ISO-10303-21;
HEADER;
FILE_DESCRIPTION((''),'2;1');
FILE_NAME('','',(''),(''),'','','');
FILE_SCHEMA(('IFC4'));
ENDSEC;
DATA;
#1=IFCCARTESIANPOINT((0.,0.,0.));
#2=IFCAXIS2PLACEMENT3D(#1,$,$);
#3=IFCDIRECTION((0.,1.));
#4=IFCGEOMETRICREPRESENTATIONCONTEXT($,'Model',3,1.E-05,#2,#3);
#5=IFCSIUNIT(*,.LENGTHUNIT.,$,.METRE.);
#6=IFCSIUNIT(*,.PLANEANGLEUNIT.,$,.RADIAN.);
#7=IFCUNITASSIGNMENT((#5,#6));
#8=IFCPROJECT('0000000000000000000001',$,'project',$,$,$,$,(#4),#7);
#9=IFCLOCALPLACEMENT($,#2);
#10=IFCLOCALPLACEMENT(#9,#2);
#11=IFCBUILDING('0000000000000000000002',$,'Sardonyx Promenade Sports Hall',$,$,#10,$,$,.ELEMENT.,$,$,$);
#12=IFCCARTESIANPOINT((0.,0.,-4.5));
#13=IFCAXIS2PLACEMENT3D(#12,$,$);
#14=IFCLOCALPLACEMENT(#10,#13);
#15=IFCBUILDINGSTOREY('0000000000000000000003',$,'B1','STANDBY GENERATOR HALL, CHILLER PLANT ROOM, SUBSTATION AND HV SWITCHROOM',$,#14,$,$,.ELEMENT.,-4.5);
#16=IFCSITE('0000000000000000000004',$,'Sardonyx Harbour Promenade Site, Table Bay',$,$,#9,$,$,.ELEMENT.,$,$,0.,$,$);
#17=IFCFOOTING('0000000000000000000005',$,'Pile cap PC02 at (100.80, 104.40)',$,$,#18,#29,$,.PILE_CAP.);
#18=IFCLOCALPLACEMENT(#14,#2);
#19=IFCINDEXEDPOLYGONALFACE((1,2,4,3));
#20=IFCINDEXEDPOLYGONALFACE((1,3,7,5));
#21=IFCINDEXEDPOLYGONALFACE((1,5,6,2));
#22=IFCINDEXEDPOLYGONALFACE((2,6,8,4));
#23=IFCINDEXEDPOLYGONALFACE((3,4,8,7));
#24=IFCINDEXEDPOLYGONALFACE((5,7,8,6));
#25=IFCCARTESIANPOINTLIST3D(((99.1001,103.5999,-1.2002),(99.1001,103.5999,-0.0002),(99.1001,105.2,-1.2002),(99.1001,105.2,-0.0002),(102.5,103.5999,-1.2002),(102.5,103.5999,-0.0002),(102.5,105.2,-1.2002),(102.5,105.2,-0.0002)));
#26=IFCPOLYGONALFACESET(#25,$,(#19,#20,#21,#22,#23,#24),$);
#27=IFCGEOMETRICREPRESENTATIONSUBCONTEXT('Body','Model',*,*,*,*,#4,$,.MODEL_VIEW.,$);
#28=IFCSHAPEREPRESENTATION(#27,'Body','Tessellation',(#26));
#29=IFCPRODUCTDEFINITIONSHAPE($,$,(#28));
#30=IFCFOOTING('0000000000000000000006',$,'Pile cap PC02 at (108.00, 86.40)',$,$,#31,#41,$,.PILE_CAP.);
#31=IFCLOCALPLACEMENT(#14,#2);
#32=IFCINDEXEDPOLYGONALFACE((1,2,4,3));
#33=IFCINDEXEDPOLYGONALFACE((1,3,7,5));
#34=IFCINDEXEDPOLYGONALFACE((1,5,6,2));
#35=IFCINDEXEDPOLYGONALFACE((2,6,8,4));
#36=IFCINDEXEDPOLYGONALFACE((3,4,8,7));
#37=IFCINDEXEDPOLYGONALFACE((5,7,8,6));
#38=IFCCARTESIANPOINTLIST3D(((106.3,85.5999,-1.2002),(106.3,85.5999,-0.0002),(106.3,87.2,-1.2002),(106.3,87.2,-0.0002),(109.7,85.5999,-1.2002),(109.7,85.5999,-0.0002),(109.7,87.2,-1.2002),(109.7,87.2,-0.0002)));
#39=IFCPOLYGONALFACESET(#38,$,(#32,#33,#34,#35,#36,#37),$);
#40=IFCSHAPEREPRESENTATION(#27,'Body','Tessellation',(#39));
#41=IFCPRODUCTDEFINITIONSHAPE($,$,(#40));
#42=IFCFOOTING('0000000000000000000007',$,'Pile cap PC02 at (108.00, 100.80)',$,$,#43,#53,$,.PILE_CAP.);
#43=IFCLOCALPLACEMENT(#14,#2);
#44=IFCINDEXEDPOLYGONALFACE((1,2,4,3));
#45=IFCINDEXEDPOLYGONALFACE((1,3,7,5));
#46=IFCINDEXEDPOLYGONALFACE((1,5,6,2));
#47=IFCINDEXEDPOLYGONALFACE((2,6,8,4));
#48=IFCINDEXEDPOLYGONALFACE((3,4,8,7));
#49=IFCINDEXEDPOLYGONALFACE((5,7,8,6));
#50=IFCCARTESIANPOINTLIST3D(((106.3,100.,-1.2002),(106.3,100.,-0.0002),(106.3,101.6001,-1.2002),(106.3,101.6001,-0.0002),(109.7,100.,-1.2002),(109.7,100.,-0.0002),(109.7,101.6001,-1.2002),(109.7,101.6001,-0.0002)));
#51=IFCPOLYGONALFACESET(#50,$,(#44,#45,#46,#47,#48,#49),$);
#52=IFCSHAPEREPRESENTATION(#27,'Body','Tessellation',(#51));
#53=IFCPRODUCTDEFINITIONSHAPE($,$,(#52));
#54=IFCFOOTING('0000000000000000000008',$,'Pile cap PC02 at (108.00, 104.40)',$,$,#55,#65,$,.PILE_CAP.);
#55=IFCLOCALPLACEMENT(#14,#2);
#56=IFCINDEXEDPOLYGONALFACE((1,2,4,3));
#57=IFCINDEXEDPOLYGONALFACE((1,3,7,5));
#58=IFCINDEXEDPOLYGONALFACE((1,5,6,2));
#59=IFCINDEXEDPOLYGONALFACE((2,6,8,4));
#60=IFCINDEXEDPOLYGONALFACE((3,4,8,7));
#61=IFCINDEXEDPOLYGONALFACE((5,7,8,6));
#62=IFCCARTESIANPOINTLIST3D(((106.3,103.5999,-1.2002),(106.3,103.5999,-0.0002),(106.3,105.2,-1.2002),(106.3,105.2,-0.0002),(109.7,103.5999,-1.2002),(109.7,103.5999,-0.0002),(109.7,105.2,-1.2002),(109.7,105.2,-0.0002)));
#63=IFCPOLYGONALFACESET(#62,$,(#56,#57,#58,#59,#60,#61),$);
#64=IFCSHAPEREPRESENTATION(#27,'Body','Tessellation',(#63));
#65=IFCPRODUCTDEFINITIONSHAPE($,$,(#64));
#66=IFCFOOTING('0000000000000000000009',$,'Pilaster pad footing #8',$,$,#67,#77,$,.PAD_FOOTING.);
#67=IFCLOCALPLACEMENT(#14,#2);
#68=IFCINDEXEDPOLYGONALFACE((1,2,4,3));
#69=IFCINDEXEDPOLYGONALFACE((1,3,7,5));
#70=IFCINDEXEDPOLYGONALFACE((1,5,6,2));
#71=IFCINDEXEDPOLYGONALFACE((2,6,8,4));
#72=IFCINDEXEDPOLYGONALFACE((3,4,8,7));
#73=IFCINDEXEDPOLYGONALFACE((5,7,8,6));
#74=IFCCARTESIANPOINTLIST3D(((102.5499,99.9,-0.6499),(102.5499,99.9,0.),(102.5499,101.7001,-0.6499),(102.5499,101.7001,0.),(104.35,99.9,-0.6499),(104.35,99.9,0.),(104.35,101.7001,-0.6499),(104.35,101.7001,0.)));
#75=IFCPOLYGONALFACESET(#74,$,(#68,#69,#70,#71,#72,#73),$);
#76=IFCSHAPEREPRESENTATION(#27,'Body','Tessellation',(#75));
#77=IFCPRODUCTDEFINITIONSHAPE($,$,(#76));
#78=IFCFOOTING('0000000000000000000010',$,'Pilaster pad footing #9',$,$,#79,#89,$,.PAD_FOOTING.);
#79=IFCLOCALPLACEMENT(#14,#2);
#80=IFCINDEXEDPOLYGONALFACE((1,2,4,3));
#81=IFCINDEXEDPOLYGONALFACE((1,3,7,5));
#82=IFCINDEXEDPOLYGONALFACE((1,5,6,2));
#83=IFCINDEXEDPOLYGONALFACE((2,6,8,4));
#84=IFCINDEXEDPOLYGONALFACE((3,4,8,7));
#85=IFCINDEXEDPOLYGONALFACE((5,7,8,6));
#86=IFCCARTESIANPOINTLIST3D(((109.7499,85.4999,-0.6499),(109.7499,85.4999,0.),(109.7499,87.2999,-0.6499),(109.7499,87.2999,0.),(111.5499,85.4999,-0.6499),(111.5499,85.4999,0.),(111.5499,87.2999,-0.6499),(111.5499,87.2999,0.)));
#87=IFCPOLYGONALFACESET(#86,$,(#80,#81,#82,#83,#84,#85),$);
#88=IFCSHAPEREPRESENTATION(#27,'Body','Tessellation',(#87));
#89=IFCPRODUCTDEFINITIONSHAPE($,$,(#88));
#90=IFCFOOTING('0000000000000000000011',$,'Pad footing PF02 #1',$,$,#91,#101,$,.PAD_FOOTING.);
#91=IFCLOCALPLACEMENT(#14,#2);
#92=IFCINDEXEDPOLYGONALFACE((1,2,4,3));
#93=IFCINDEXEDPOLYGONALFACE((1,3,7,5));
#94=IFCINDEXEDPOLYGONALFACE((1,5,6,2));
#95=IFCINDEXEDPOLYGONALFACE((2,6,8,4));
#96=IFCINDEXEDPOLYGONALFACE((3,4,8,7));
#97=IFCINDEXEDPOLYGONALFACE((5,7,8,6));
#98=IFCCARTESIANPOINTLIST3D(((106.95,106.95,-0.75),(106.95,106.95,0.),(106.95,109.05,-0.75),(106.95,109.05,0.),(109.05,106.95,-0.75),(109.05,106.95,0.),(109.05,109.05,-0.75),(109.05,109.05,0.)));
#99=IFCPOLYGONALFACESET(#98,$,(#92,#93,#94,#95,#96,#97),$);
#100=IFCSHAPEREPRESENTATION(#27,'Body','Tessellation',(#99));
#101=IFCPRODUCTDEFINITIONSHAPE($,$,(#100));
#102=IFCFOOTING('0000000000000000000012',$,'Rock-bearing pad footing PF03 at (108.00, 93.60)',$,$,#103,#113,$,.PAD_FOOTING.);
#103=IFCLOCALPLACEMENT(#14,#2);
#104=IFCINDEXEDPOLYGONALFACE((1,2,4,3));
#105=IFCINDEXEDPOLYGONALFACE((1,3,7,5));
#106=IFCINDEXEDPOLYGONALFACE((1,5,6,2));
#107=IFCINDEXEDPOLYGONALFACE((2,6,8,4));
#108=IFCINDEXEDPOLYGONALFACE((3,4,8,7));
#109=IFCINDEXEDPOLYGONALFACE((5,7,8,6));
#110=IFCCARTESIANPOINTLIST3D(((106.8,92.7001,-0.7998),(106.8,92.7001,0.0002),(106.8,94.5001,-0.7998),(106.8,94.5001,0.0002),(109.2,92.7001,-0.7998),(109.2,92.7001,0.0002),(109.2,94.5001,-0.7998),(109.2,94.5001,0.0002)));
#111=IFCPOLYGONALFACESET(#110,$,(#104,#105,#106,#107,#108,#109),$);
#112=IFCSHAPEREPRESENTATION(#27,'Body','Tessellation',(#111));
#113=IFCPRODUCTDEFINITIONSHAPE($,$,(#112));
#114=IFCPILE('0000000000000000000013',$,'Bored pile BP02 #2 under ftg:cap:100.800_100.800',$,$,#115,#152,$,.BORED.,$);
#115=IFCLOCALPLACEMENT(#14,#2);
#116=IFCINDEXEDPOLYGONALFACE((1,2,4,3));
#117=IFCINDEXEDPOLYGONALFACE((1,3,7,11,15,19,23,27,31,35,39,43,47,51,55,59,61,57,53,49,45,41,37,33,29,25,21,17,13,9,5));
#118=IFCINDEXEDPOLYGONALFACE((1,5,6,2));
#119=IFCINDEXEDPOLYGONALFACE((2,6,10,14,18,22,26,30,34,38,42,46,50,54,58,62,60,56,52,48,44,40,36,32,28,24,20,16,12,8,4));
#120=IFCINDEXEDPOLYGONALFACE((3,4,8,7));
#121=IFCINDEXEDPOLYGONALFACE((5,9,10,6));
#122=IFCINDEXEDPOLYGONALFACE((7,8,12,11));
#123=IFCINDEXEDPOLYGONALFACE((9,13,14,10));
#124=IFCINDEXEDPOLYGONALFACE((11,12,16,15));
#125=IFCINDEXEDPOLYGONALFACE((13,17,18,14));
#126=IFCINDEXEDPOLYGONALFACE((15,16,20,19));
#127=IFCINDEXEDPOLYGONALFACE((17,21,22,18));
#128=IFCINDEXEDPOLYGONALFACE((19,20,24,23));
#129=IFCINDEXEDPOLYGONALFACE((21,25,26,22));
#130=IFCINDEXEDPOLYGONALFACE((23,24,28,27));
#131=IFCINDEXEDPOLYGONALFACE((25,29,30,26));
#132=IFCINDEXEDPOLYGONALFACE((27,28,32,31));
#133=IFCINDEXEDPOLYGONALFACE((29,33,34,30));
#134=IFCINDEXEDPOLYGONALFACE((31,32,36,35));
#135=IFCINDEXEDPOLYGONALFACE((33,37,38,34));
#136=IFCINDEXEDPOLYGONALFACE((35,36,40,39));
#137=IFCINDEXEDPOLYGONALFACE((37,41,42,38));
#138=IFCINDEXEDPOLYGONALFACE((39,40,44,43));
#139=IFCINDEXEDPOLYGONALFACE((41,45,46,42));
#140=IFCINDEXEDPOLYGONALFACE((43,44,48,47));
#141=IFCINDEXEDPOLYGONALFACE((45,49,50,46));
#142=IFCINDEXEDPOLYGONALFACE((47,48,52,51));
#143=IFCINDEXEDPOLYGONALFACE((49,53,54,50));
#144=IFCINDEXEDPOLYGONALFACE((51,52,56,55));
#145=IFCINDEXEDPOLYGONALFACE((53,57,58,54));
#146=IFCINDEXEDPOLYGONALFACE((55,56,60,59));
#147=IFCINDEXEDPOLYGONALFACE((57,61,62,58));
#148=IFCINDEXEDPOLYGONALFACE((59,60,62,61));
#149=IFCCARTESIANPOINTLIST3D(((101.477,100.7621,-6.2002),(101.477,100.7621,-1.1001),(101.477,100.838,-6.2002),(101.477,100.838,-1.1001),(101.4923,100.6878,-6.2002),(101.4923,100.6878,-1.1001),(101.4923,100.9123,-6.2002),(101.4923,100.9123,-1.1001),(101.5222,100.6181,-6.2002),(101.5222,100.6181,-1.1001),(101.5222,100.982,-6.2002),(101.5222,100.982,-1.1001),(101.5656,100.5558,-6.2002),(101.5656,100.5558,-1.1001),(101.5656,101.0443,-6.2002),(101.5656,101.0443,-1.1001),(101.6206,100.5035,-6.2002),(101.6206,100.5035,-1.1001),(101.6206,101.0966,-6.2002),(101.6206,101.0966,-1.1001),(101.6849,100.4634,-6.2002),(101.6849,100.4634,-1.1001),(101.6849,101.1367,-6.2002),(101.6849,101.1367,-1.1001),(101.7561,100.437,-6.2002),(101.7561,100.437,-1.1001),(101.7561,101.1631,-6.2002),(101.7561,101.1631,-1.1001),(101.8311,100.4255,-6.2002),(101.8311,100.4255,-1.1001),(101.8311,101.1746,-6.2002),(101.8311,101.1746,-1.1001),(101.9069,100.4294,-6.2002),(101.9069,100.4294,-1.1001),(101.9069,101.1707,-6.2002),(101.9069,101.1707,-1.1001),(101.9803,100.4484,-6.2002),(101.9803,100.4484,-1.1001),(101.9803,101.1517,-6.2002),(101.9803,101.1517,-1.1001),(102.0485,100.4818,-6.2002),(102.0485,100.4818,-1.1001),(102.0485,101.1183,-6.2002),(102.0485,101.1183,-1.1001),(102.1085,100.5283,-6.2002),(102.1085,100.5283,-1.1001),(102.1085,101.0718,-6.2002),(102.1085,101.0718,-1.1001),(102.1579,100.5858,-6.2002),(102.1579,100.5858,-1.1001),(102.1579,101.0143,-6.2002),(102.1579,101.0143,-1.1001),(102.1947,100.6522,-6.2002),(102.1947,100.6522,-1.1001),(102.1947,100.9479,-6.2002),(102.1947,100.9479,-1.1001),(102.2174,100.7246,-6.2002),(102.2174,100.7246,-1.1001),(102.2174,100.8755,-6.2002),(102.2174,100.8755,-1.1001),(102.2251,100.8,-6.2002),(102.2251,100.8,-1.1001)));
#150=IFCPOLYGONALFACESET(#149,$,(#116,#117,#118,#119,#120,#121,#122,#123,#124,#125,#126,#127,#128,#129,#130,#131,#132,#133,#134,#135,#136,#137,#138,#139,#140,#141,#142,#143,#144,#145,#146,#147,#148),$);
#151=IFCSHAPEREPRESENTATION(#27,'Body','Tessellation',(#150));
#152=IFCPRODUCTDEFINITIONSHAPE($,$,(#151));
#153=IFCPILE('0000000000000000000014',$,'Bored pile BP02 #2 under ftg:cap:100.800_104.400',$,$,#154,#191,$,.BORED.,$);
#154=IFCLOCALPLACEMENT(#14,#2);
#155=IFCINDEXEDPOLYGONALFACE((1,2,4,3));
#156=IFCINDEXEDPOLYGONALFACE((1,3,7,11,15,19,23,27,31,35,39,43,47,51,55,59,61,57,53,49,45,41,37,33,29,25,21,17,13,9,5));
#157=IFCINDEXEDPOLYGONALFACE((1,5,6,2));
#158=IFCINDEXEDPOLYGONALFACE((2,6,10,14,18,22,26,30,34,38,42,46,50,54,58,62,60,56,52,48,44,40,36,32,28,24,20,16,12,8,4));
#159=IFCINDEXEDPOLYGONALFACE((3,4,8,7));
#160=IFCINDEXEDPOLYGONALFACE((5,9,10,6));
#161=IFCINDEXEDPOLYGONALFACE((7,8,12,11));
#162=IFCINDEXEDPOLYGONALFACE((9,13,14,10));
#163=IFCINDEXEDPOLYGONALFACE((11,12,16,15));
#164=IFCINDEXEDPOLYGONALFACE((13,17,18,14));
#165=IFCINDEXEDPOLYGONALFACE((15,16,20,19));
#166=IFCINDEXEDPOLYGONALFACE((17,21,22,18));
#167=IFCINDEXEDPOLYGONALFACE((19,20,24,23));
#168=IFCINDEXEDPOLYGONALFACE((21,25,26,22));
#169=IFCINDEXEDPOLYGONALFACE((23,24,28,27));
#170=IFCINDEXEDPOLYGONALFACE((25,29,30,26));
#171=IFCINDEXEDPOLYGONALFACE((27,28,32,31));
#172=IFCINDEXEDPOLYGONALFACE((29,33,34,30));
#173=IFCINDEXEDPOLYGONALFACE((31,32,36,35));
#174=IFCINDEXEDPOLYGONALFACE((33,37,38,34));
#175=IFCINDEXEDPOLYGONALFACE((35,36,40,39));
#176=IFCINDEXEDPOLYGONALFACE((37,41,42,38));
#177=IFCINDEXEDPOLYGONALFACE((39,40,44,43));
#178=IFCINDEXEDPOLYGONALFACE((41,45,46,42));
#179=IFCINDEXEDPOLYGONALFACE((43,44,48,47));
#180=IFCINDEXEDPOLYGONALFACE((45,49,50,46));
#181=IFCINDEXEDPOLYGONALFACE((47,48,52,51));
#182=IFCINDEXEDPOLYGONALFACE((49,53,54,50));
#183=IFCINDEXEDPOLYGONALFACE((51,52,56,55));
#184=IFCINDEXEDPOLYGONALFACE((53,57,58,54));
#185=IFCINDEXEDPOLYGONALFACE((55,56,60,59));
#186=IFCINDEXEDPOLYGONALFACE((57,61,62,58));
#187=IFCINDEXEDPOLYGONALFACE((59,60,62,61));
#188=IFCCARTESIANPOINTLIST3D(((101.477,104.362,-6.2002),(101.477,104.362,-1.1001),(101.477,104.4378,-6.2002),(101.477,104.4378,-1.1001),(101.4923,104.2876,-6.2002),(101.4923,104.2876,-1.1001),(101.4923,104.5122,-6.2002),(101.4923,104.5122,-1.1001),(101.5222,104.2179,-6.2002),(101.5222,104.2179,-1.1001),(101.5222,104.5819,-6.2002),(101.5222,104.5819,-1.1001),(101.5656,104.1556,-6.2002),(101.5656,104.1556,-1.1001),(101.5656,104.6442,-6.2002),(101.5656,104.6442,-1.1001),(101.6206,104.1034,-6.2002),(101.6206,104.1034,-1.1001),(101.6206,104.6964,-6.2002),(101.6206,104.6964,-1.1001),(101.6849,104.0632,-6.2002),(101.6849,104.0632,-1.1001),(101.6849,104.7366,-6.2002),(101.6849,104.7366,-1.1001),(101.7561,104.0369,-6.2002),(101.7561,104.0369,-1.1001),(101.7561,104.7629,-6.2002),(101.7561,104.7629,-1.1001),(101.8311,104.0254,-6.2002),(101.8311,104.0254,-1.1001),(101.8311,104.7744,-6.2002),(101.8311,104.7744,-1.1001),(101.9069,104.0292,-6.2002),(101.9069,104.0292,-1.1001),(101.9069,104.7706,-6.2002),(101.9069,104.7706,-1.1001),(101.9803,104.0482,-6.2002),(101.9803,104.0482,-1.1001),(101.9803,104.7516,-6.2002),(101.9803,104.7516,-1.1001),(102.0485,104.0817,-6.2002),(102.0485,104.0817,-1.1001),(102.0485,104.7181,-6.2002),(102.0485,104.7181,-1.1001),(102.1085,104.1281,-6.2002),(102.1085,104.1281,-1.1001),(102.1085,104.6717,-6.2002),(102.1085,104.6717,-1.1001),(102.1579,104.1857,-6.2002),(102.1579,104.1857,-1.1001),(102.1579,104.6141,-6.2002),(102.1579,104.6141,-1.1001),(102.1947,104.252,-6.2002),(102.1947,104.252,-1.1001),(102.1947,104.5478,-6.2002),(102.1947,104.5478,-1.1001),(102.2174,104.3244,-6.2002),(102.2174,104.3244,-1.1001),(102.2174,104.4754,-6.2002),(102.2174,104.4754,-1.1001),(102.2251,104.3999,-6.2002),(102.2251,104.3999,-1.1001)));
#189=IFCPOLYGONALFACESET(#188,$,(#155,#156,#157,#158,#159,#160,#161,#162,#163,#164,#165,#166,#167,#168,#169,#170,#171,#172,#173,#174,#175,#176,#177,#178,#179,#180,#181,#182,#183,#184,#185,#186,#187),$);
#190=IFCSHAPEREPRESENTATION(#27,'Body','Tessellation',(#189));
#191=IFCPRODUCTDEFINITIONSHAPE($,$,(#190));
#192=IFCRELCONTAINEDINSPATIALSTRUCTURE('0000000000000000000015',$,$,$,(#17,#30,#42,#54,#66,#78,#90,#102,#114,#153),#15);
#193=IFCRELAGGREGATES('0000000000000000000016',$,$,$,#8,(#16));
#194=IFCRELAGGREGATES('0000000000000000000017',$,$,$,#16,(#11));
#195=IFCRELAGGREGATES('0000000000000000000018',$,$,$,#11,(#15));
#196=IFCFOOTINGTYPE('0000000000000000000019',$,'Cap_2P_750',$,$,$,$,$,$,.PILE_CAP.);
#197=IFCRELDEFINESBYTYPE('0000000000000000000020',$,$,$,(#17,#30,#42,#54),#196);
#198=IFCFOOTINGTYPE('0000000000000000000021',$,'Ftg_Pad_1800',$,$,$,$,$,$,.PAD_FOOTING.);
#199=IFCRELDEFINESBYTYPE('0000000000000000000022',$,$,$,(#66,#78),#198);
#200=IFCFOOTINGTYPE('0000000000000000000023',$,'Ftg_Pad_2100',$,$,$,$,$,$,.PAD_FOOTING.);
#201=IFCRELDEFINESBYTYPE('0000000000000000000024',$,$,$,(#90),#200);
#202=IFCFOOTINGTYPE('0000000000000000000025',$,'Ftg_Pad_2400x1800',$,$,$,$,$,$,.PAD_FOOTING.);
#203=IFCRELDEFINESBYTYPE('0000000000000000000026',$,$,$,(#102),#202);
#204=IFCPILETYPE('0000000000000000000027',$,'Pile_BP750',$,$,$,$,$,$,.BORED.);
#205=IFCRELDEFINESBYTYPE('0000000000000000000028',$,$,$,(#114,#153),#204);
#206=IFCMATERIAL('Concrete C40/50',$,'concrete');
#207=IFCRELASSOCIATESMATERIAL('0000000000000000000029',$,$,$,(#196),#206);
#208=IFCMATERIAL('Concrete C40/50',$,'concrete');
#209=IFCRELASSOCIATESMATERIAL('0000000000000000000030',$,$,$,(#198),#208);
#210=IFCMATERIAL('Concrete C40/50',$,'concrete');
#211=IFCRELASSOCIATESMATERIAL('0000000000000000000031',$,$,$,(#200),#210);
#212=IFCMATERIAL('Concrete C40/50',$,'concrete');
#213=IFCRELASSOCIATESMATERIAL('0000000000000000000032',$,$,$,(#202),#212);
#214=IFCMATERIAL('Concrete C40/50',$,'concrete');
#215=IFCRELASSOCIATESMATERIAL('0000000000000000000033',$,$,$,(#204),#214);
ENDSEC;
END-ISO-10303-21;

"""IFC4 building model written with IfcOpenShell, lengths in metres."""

from ifc_helpers import new_model, si_unit, direction, frame, origin, origin_2d, place, context, subcontext, project, spatial, rectangle, circle, extrude, material, material_profile, profile_set, type_object, element, save


model = new_model("IFC4")

# Units and contexts
model_context = context("Model", 3, precision=1e-05, world=origin(), true_north=direction((0.0, 1.0)))
body_context = subcontext(model_context, "Body", "Model", "MODEL_VIEW")
ifc_project = project(units=[si_unit("LENGTHUNIT", "METRE"), si_unit("PLANEANGLEUNIT", "RADIAN")], contexts=[model_context])

# Site, building, storey
site_placement = place(None, origin())
site = spatial("IfcSite", under=ifc_project, at=site_placement, Name="Sardonyx Harbour Promenade Site, Table Bay", CompositionType="ELEMENT", RefElevation=0.0)
building_placement = place(site_placement, origin())
building = spatial("IfcBuilding", under=site, at=building_placement, Name="Sardonyx Promenade Sports Hall", CompositionType="ELEMENT")
storey_placement = place(building_placement, frame((0.0, 0.0, -4.5)))
storey = spatial("IfcBuildingStorey", under=building, at=storey_placement, Name="B1", Description="STANDBY GENERATOR HALL, CHILLER PLANT ROOM, SUBSTATION AND HV SWITCHROOM", CompositionType="ELEMENT", Elevation=-4.5)

# Footings
ifc_material_1 = material(Name="Concrete C40/50", Category="concrete")
footing_type_1 = type_object("IfcFootingType", Name="Cap_2P_750", PredefinedType="PILE_CAP", material=ifc_material_1)
for number, where, z_axis, x_axis, name in (
    (1, (100.8, 104.3999, -1.2002), (0.0, 0.0, 1.0), (1.0, 0.0, 0.0), "Pile cap PC02 at (100.80, 104.40)"),
    (2, (108.0, 86.3999, -1.2002), (0.0, 0.0, 1.0), (1.0, 0.0, 0.0), "Pile cap PC02 at (108.00, 86.40)"),
    (3, (108.0, 100.8, -1.2002), (0.0, 0.0, 1.0), (1.0, 0.0, 0.0), "Pile cap PC02 at (108.00, 100.80)"),
    (4, (108.0, 104.3999, -1.2002), (0.0, 0.0, 1.0), (1.0, 0.0, 0.0), "Pile cap PC02 at (108.00, 104.40)"),
):
    element("IfcFooting", number, at=place(storey_placement, frame(where, z_axis=z_axis, x_axis=x_axis)), inside=storey, type_object=footing_type_1, Name=name, PredefinedType="PILE_CAP", context=body_context, shape_type="SweptSolid", body=[
        extrude(rectangle(XDim=3.3999, YDim=1.6001, at=origin_2d()), origin(), (0.0, 0.0, 1.0), 1.2),
    ])
ifc_material_2 = material(Name="Concrete C40/50", Category="concrete")
footing_type_2 = type_object("IfcFootingType", Name="Ftg_Pad_1800", PredefinedType="PAD_FOOTING", material=ifc_material_2)
for number, where, z_axis, x_axis, name in (
    (5, (103.45, 100.8, -0.6499), (0.0, 0.0, 1.0), (1.0, 0.0, 0.0), "Pilaster pad footing #8"),
    (6, (110.6499, 86.3999, -0.6499), (0.0, 0.0, 1.0), (1.0, 0.0, 0.0), "Pilaster pad footing #9"),
):
    element("IfcFooting", number, at=place(storey_placement, frame(where, z_axis=z_axis, x_axis=x_axis)), inside=storey, type_object=footing_type_2, Name=name, PredefinedType="PAD_FOOTING", context=body_context, shape_type="SweptSolid", body=[
        extrude(rectangle(XDim=1.8, YDim=1.8, at=origin_2d()), origin(), (0.0, 0.0, 1.0), 0.6499),
    ])
ifc_material_3 = material(Name="Concrete C40/50", Category="concrete")
footing_type_3 = type_object("IfcFootingType", Name="Ftg_Pad_2100", PredefinedType="PAD_FOOTING", material=ifc_material_3)
footing_1_placement = place(storey_placement, frame((108.0, 108.0, -0.75), z_axis=(0.0, 0.0, 1.0), x_axis=(1.0, 0.0, 0.0)))
element("IfcFooting", 7, at=footing_1_placement, inside=storey, type_object=footing_type_3, Name="Pad footing PF02 #1", PredefinedType="PAD_FOOTING", context=body_context, shape_type="SweptSolid", body=[
    extrude(rectangle(XDim=2.1001, YDim=2.1001, at=origin_2d()), origin(), (0.0, 0.0, 1.0), 0.75),
])
ifc_material_4 = material(Name="Concrete C40/50", Category="concrete")
footing_type_4 = type_object("IfcFootingType", Name="Ftg_Pad_2400x1800", PredefinedType="PAD_FOOTING", material=ifc_material_4)
footing_2_placement = place(storey_placement, frame((108.0, 93.6001, -0.7998), z_axis=(0.0, 0.0, 1.0), x_axis=(1.0, 0.0, 0.0)))
element("IfcFooting", 8, at=footing_2_placement, inside=storey, type_object=footing_type_4, Name="Rock-bearing pad footing PF03 at (108.00, 93.60)", PredefinedType="PAD_FOOTING", context=body_context, shape_type="SweptSolid", body=[
    extrude(rectangle(XDim=2.3999, YDim=1.8, at=origin_2d()), origin(), (0.0, 0.0, 1.0), 0.8),
])

# Piles
ifc_material_5 = material(Name="Concrete C40/50", Category="concrete")
ifc_material_profile_1 = material_profile(ifc_material_5, circle(Radius=0.375, at=origin_2d()))
ifc_profile_set_1 = profile_set([ifc_material_profile_1], Name="Concrete C40/50")
pile_type = type_object("IfcPileType", Name="Pile_BP750", PredefinedType="BORED", material=ifc_profile_set_1)
for number, where, z_axis, x_axis, name in (
    (9, (101.8501, 100.8, -1.1001), (0.0, 0.0, -1.0), (1.0, 0.0, 0.0), "Bored pile BP02 #2 under ftg:cap:100.800_100.800"),
    (10, (101.8501, 104.3999, -1.1001), (0.0, 0.0, -1.0), (1.0, 0.0, 0.0), "Bored pile BP02 #2 under ftg:cap:100.800_104.400"),
):
    element("IfcPile", number, at=place(storey_placement, frame(where, z_axis=z_axis, x_axis=x_axis)), inside=storey, type_object=pile_type, Name=name, PredefinedType="BORED", context=body_context, shape_type="SweptSolid", body=[
        extrude(circle(Radius=0.375, at=origin_2d()), origin(), (0.0, 0.0, 1.0), 5.1001),
    ])

save(model, "model.ifc")
